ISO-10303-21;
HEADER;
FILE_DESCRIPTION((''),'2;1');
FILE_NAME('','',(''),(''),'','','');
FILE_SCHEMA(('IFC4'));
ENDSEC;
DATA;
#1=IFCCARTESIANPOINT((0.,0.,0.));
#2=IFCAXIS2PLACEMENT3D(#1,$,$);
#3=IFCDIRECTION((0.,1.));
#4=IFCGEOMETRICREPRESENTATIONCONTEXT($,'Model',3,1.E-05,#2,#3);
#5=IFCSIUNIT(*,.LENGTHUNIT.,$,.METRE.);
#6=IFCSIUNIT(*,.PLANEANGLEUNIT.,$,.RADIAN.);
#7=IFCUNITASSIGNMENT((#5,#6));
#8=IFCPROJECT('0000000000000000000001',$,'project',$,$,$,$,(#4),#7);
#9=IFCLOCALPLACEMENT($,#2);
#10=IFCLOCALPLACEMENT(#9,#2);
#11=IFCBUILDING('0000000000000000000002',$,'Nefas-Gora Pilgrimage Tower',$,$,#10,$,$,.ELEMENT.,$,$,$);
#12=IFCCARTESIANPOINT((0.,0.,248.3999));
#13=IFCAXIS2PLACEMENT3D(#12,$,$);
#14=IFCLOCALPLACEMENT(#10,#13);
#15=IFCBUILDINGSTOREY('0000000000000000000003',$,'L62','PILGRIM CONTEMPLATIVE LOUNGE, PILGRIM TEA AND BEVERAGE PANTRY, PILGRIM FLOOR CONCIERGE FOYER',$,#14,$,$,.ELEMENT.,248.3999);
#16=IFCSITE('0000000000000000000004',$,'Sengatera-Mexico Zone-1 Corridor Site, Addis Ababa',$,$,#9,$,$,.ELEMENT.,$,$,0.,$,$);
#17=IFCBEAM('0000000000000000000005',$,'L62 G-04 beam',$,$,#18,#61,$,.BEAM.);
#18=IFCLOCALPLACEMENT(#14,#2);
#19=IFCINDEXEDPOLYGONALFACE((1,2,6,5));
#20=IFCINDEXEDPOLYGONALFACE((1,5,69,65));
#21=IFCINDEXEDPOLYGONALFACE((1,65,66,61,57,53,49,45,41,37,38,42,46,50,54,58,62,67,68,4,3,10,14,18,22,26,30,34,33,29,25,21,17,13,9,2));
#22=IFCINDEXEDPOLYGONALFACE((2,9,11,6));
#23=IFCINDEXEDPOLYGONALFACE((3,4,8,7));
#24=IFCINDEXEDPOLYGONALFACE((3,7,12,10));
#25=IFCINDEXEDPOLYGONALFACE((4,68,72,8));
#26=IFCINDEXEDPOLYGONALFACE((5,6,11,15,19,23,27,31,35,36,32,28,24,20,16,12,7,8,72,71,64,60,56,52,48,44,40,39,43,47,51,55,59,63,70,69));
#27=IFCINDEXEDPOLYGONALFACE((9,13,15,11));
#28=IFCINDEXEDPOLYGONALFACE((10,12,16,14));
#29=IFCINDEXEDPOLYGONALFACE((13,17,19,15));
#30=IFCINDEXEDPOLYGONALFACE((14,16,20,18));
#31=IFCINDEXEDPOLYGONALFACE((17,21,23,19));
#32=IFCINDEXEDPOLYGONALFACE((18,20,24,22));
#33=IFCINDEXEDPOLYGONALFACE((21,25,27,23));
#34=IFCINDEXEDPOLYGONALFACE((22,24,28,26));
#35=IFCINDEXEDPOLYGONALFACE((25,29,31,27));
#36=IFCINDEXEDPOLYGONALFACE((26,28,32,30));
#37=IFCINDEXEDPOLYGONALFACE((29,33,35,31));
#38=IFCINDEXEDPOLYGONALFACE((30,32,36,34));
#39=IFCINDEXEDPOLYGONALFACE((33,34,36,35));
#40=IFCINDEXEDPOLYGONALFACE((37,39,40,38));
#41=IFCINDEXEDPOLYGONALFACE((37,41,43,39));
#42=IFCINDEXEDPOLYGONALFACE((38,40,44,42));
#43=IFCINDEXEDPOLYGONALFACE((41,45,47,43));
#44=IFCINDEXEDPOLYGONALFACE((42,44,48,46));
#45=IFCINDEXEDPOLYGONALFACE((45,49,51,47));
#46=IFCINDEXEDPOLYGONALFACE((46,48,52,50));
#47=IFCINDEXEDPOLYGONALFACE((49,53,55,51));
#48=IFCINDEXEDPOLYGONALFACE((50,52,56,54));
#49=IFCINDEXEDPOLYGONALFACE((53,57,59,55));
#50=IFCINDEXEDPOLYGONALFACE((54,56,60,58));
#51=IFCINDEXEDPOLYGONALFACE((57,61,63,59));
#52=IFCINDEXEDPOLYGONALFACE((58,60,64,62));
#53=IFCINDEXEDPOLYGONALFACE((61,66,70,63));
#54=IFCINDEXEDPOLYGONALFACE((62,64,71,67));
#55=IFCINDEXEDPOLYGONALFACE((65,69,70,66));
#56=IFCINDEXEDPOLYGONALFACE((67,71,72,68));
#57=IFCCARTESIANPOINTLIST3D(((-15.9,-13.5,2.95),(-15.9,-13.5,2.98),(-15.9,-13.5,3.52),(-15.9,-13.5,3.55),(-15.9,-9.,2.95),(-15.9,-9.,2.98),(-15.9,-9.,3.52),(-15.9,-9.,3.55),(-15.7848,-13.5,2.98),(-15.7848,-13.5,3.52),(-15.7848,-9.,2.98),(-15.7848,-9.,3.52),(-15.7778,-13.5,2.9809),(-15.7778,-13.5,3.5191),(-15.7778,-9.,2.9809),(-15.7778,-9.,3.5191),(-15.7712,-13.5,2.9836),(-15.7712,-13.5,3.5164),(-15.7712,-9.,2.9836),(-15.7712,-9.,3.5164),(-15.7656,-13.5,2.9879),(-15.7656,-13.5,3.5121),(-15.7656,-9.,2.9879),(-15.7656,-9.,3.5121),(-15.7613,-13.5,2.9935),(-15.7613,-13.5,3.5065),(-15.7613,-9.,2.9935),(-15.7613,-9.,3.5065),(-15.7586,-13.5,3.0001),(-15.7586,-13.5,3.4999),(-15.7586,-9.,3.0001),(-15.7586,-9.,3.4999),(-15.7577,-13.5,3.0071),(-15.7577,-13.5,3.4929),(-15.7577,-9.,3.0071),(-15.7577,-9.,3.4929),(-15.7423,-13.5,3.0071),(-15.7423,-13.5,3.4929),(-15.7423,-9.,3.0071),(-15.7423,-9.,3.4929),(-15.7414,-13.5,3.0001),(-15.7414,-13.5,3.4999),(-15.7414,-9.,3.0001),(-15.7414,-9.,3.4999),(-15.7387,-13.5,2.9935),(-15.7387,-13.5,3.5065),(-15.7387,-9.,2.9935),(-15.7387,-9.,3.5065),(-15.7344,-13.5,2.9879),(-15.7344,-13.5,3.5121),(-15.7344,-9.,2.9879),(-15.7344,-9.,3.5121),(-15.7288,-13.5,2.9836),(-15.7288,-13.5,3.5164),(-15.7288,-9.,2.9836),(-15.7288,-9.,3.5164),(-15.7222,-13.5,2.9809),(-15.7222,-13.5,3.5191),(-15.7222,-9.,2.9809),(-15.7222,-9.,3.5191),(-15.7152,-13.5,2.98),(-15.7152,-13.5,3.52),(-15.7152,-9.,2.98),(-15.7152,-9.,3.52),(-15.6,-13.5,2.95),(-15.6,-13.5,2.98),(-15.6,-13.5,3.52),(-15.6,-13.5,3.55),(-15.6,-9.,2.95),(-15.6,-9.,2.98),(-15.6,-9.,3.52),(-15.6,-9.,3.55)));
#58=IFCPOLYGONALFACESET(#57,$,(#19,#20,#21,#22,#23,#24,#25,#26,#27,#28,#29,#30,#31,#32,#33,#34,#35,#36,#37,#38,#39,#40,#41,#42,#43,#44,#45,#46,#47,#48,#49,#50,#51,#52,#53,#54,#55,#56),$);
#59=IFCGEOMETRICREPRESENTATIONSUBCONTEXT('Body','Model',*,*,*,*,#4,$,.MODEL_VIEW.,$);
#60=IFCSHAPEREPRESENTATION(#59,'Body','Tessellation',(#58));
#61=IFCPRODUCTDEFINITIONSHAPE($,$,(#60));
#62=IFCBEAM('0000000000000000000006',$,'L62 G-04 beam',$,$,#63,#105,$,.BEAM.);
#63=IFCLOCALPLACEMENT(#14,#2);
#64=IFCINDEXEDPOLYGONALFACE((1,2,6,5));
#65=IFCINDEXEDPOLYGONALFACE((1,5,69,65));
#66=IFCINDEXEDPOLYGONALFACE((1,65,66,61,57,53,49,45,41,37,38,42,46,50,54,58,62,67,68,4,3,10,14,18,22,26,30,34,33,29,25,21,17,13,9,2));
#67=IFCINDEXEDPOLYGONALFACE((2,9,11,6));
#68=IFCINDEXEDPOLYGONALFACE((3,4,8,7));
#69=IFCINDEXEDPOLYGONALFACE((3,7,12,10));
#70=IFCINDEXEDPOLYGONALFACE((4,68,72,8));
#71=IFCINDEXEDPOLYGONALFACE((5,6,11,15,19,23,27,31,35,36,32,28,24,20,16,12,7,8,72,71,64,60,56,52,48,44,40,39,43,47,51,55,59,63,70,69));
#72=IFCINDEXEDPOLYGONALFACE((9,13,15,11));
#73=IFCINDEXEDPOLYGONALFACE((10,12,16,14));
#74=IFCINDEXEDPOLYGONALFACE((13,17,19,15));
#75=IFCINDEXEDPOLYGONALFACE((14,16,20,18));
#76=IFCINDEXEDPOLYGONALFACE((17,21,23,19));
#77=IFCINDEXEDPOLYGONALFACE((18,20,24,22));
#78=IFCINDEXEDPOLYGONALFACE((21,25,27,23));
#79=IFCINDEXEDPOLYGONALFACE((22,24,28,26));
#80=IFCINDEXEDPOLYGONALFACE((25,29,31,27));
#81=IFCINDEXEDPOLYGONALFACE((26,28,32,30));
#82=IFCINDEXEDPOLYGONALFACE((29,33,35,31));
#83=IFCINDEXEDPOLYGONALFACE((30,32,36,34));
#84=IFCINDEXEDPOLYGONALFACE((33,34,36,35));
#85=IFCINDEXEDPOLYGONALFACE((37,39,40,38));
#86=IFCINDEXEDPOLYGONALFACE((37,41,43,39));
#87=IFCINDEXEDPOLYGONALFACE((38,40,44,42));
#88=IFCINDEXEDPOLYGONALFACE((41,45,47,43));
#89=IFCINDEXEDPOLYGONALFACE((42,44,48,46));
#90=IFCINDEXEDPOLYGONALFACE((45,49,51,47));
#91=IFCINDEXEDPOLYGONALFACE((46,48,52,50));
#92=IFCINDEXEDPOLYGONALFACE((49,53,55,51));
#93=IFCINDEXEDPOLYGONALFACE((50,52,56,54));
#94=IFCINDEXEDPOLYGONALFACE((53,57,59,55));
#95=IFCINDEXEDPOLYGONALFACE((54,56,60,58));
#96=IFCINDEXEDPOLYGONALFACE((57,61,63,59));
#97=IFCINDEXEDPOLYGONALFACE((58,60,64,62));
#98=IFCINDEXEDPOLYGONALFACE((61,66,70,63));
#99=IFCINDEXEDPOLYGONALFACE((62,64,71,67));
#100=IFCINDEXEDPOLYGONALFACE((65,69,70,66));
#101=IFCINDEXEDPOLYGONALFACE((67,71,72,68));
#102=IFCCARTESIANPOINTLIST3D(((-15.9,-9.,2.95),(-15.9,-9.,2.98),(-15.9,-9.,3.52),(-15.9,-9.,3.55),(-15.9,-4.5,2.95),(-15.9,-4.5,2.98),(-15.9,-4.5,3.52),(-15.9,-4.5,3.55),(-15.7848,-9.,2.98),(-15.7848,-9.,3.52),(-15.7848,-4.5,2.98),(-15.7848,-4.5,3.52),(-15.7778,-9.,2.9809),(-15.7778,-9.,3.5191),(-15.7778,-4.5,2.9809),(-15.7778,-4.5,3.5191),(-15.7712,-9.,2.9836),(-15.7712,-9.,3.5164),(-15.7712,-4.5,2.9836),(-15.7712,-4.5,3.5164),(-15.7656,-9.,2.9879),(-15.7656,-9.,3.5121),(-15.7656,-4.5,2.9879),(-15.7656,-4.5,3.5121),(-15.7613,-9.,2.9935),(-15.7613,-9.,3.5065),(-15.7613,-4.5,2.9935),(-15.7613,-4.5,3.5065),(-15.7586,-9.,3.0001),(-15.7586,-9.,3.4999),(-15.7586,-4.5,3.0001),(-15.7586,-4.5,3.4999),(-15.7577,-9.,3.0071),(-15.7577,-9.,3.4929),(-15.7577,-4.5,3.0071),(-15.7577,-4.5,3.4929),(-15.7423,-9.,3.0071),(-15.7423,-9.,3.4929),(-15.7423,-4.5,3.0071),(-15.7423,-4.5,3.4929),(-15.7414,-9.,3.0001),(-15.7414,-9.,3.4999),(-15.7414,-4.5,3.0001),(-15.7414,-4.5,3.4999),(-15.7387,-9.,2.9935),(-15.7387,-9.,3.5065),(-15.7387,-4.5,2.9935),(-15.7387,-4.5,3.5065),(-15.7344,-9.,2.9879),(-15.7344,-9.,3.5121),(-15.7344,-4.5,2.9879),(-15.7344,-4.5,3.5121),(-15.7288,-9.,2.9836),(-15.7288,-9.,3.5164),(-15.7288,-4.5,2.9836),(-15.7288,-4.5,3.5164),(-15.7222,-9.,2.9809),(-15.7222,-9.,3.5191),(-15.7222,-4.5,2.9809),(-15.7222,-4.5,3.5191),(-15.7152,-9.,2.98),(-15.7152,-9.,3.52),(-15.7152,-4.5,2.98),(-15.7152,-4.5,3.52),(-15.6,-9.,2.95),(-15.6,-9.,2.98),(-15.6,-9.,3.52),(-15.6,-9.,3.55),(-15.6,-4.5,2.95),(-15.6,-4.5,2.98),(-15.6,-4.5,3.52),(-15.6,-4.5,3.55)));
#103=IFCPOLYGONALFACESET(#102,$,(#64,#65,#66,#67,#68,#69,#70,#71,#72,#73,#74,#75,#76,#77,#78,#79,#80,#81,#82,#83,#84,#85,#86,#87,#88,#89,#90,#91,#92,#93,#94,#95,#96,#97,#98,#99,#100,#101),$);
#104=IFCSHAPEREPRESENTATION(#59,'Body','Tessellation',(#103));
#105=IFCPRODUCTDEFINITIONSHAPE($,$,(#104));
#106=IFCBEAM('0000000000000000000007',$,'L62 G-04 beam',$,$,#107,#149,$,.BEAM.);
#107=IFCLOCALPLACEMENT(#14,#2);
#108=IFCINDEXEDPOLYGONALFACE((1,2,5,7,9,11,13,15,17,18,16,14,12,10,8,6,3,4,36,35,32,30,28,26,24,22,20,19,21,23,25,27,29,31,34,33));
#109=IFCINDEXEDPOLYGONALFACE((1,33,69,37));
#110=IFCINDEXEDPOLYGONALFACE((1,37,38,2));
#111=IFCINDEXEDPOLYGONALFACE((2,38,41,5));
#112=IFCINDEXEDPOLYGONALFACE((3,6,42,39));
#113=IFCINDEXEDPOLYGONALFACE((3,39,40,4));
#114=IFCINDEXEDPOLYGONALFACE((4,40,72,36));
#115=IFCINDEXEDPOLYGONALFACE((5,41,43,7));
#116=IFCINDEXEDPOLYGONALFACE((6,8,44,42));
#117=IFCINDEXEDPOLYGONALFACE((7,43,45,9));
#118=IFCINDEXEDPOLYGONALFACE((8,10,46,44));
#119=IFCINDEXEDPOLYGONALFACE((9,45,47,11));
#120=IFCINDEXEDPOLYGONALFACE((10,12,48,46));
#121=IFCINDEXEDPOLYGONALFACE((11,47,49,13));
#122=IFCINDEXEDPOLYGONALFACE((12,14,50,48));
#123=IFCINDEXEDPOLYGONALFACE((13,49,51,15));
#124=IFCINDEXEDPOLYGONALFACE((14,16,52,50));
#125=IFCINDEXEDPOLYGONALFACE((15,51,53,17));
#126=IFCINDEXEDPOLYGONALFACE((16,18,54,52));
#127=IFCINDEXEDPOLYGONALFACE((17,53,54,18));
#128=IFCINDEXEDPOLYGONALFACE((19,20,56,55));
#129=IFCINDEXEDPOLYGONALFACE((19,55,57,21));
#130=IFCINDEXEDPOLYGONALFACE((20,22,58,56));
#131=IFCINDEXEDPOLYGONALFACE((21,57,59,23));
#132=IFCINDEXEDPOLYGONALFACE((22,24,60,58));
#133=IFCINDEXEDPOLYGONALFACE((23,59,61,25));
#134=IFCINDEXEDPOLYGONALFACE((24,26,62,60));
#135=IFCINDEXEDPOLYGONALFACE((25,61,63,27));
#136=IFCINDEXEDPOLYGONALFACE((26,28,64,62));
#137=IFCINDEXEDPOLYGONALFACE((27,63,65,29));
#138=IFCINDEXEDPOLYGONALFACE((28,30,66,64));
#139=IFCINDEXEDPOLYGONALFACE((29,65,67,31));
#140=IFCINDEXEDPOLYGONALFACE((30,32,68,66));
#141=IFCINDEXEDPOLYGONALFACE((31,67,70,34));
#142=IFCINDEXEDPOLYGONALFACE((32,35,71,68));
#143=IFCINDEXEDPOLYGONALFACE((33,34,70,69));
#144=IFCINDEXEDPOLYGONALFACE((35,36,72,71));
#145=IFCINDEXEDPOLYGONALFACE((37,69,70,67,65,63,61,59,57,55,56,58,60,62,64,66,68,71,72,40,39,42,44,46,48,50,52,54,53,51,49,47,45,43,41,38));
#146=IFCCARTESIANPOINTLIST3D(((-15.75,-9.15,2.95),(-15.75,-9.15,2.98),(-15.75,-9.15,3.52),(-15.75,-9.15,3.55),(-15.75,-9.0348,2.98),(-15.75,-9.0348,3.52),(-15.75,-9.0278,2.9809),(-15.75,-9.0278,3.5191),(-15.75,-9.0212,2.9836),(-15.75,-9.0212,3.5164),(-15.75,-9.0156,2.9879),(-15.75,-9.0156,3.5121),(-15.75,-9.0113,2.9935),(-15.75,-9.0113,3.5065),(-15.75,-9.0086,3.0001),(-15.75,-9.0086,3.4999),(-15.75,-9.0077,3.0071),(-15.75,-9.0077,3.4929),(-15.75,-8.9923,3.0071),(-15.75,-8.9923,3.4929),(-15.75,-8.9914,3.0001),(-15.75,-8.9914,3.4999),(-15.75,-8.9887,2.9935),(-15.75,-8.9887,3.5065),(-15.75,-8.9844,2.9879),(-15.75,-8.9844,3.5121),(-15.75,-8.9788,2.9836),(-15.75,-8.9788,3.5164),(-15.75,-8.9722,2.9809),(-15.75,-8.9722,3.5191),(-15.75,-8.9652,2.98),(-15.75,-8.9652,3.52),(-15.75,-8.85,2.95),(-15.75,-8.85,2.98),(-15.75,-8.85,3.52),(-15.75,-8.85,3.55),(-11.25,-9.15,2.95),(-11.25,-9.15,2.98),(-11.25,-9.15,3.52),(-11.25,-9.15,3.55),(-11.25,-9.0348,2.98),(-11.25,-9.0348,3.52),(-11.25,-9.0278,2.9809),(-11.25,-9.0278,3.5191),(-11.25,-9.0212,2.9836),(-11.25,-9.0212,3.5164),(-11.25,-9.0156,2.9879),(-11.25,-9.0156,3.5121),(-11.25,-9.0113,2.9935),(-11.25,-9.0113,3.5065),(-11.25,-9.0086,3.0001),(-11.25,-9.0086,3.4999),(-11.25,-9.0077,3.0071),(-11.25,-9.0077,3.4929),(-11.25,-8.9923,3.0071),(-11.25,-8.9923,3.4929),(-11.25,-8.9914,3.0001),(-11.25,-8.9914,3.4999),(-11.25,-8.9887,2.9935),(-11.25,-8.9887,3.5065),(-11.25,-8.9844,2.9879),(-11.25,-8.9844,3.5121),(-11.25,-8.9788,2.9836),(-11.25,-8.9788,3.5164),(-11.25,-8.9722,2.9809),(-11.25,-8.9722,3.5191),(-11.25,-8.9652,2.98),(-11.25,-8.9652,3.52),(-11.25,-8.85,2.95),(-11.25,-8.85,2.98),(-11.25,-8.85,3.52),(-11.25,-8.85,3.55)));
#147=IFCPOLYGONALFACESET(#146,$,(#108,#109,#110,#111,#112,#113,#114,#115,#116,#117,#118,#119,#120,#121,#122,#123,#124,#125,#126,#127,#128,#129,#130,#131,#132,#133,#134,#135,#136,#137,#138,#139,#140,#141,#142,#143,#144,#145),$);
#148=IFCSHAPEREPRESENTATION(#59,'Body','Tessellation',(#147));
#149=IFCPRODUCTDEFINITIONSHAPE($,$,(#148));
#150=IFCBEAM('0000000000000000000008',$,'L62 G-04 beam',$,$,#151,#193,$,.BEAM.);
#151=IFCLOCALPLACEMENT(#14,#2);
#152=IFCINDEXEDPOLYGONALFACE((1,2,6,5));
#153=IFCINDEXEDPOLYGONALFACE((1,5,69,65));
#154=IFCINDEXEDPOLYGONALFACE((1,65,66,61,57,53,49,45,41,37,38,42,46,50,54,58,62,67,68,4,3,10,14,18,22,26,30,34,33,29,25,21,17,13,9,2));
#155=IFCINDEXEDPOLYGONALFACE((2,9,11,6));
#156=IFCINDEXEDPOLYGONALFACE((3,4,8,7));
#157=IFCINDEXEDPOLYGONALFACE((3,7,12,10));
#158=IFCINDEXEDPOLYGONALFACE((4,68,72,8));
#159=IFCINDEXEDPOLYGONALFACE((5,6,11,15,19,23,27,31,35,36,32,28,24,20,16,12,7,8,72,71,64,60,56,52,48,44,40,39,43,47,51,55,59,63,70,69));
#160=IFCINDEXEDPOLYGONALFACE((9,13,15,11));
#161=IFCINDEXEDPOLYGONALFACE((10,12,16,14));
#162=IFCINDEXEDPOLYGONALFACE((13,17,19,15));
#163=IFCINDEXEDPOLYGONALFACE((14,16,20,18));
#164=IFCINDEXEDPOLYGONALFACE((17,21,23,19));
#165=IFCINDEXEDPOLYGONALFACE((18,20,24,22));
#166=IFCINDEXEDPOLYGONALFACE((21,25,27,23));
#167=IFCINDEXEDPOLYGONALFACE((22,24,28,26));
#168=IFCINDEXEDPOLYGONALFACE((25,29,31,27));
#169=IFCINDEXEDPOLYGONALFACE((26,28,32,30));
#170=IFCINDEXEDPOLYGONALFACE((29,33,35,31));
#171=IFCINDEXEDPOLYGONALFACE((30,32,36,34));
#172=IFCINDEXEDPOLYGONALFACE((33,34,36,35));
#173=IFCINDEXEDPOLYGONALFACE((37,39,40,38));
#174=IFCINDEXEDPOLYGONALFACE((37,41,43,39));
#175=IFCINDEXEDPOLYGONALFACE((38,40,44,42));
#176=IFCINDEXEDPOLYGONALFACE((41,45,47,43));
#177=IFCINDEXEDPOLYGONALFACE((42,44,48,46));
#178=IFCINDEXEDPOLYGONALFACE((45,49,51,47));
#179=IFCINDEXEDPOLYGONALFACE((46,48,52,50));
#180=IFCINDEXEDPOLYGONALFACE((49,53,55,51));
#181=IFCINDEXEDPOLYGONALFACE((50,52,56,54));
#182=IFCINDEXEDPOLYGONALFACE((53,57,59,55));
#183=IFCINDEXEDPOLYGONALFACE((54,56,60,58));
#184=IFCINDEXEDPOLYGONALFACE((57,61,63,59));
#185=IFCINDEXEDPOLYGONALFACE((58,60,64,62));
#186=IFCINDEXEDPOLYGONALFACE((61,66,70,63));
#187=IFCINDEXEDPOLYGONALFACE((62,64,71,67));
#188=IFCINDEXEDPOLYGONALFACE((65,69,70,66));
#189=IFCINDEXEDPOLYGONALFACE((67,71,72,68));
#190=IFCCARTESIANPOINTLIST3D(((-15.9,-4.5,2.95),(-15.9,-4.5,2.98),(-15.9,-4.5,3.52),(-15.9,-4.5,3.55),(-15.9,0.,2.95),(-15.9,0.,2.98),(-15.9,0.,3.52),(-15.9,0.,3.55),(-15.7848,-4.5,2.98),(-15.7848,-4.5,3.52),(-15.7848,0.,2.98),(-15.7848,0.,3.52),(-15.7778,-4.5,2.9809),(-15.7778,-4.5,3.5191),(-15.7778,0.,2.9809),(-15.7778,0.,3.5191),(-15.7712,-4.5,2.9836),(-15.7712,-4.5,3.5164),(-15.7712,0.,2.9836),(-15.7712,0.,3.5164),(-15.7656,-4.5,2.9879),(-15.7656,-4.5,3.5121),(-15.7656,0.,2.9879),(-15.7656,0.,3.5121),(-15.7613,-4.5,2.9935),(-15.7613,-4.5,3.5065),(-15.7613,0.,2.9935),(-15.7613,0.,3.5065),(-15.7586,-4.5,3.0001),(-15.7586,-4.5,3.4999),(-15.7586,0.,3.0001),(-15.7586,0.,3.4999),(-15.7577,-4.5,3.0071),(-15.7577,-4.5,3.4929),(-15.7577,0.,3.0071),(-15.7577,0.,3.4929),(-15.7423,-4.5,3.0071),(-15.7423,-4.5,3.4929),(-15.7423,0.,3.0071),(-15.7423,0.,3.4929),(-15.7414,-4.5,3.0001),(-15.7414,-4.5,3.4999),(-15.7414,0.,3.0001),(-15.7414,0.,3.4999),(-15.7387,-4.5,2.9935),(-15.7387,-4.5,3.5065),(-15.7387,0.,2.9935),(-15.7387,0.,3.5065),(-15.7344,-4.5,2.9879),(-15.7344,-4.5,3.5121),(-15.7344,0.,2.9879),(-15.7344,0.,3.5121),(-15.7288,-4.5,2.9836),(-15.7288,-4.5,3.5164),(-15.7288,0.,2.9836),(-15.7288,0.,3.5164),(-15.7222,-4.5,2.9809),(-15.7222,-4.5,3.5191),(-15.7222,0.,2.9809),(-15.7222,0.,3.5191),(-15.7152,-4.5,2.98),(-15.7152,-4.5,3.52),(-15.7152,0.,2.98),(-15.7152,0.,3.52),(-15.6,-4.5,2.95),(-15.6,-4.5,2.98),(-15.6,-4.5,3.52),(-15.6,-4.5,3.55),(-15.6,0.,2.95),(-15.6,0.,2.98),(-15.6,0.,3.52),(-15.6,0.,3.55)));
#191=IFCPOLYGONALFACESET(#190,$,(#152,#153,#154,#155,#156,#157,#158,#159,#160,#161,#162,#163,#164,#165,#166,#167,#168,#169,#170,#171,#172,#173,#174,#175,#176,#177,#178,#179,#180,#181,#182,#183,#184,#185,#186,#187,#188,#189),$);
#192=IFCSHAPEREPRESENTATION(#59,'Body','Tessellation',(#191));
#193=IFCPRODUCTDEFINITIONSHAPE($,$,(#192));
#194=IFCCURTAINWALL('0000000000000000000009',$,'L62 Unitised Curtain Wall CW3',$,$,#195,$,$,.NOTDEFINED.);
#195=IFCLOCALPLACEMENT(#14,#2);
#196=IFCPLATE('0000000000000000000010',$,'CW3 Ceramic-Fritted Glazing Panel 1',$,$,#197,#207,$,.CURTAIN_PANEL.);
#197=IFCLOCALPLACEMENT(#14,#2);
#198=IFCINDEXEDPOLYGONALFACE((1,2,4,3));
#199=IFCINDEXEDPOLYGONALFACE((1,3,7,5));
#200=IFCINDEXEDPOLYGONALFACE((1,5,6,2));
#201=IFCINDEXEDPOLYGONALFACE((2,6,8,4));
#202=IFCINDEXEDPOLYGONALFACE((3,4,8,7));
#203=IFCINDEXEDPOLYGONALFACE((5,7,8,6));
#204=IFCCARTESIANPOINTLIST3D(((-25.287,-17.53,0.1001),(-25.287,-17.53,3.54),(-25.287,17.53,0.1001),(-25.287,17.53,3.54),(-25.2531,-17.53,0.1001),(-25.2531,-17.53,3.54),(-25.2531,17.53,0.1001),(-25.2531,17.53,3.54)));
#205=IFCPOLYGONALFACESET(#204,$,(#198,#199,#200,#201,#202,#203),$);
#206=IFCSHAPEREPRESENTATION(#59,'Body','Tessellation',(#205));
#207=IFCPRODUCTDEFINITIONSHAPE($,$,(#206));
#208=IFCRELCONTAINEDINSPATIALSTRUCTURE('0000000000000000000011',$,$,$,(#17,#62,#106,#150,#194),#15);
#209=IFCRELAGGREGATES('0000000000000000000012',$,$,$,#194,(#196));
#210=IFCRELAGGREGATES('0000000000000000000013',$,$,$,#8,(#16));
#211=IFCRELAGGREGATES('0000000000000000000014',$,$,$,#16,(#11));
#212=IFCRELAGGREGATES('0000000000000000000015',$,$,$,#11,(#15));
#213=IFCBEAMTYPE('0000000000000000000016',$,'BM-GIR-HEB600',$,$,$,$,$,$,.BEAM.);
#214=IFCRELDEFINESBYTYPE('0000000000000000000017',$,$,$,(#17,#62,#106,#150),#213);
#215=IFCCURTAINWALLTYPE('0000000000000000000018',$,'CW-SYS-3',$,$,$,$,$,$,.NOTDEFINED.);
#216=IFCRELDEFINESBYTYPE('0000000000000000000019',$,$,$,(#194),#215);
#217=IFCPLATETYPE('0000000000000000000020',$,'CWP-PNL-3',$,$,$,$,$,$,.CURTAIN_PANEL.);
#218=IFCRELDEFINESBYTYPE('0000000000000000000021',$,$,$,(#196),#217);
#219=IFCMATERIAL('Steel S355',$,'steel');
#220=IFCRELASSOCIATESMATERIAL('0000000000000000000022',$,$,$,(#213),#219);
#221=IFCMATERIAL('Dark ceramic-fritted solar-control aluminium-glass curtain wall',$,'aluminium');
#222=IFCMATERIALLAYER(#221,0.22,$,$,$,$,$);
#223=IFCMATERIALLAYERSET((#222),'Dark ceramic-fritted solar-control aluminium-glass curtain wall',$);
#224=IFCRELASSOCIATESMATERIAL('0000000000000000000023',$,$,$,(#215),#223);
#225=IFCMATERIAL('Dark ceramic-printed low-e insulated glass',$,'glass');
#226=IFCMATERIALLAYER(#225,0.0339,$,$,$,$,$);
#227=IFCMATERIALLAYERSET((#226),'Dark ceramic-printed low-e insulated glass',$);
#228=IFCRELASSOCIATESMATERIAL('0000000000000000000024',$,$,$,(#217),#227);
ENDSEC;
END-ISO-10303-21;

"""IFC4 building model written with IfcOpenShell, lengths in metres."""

from ifc_helpers import new_model, si_unit, direction, frame, origin, origin_2d, place, context, subcontext, project, spatial, rectangle, i_section, extrude, source, transform, mapped, material, layer, layer_set, material_profile, profile_set, type_object, element, aggregate, save


model = new_model("IFC4")

# Units and contexts
model_context = context("Model", 3, precision=1e-05, world=origin(), true_north=direction((0.0, 1.0)))
body_context = subcontext(model_context, "Body", "Model", "MODEL_VIEW")
ifc_project = project(units=[si_unit("LENGTHUNIT", "METRE"), si_unit("PLANEANGLEUNIT", "RADIAN")], contexts=[model_context])

# Site, building, storey
site_placement = place(None, origin())
site = spatial("IfcSite", under=ifc_project, at=site_placement, Name="Sengatera-Mexico Zone-1 Corridor Site, Addis Ababa", CompositionType="ELEMENT", RefElevation=0.0)
building_placement = place(site_placement, origin())
building = spatial("IfcBuilding", under=site, at=building_placement, Name="Nefas-Gora Pilgrimage Tower", CompositionType="ELEMENT")
storey_placement = place(building_placement, frame((0.0, 0.0, 248.3999)))
storey = spatial("IfcBuildingStorey", under=building, at=storey_placement, Name="L62", Description="PILGRIM CONTEMPLATIVE LOUNGE, PILGRIM TEA AND BEVERAGE PANTRY, PILGRIM FLOOR CONCIERGE FOYER", CompositionType="ELEMENT", Elevation=248.3999)

# Beams
ifc_material_1 = material(Name="Steel S355", Category="steel")
ifc_material_profile_1 = material_profile(ifc_material_1, i_section(OverallWidth=0.3, OverallDepth=0.6001, WebThickness=0.0154, FlangeThickness=0.03, FilletRadius=0.0271, at=origin_2d()), Name="HEB 600")
ifc_profile_set_1 = profile_set([ifc_material_profile_1], Name="Steel S355")
beam_type_1 = type_object("IfcBeamType", Name="BM-GIR-HEB600", PredefinedType="BEAM", material=ifc_profile_set_1)
shared_shape_1 = source(origin(), body_context, "Body", "SweptSolid", [
    extrude(i_section(OverallWidth=0.3, OverallDepth=0.6001, WebThickness=0.0154, FlangeThickness=0.03, FilletRadius=0.0271, at=origin_2d()), origin(), (0.0, 0.0, 1.0), 4.5),
])
for number, where, z_axis, x_axis, name in (
    (1, (-15.75, -13.5, 3.25), (0.0, 1.0, 0.0), (-1.0, 0.0, 0.0), "L62 G-04 beam"),
    (2, (-15.75, -9.0, 3.25), (0.0, 1.0, 0.0), (-1.0, 0.0, 0.0), "L62 G-04 beam"),
    (3, (-15.75, -9.0, 3.25), (1.0, 0.0, 0.0), (0.0, 1.0, 0.0), "L62 G-04 beam"),
    (4, (-15.75, -4.5, 3.25), (0.0, 1.0, 0.0), (-1.0, 0.0, 0.0), "L62 G-04 beam"),
):
    element("IfcBeam", number, at=place(storey_placement, frame(where, z_axis=z_axis, x_axis=x_axis)), inside=storey, type_object=beam_type_1, Name=name, PredefinedType="BEAM", context=body_context, shape_type="MappedRepresentation", body=[
        mapped(shared_shape_1, transform((0.0, 0.0, 0.0), x_axis=(1.0, 0.0, 0.0), y_axis=(0.0, 1.0, 0.0), z_axis=(0.0, 0.0, 1.0), scale=1.0)),
    ])

# Curtain wall, plate
ifc_material_2 = material(Name="Dark ceramic-fritted solar-control aluminium-glass curtain wall", Category="aluminium")
ifc_layer_1 = layer(ifc_material_2, 0.22)
ifc_layer_set_1 = layer_set([ifc_layer_1], Name="Dark ceramic-fritted solar-control aluminium-glass curtain wall")
curtain_wall_type = type_object("IfcCurtainWallType", Name="CW-SYS-3", PredefinedType="NOTDEFINED", material=ifc_layer_set_1)
curtain_wall_placement = place(storey_placement, origin())
curtain_wall = element("IfcCurtainWall", 5, at=curtain_wall_placement, inside=storey, type_object=curtain_wall_type, Name="L62 Unitised Curtain Wall CW3", PredefinedType="NOTDEFINED")
ifc_material_3 = material(Name="Dark ceramic-printed low-e insulated glass", Category="glass")
ifc_layer_2 = layer(ifc_material_3, 0.0339)
ifc_layer_set_2 = layer_set([ifc_layer_2], Name="Dark ceramic-printed low-e insulated glass")
plate_type = type_object("IfcPlateType", Name="CWP-PNL-3", PredefinedType="CURTAIN_PANEL", material=ifc_layer_set_2)
shared_shape_2 = source(origin(), body_context, "Body", "SweptSolid", [
    extrude(rectangle(XDim=35.0601, YDim=0.0339, at=origin_2d()), origin(), (0.0, 0.0, 1.0), 3.4399),
])
plate_placement = place(storey_placement, frame((-25.27, 0.0, 0.1001), z_axis=(0.0, 0.0, 1.0), x_axis=(0.0, -1.0, 0.0)))
plate = element("IfcPlate", 6, at=plate_placement, type_object=plate_type, Name="CW3 Ceramic-Fritted Glazing Panel 1", PredefinedType="CURTAIN_PANEL", context=body_context, shape_type="MappedRepresentation", body=[
    mapped(shared_shape_2, transform((0.0, 0.0, 0.0), x_axis=(1.0, 0.0, 0.0), y_axis=(0.0, 1.0, 0.0), z_axis=(0.0, 0.0, 1.0), scale=1.0)),
])
aggregate(curtain_wall, [plate])

save(model, "model.ifc")
